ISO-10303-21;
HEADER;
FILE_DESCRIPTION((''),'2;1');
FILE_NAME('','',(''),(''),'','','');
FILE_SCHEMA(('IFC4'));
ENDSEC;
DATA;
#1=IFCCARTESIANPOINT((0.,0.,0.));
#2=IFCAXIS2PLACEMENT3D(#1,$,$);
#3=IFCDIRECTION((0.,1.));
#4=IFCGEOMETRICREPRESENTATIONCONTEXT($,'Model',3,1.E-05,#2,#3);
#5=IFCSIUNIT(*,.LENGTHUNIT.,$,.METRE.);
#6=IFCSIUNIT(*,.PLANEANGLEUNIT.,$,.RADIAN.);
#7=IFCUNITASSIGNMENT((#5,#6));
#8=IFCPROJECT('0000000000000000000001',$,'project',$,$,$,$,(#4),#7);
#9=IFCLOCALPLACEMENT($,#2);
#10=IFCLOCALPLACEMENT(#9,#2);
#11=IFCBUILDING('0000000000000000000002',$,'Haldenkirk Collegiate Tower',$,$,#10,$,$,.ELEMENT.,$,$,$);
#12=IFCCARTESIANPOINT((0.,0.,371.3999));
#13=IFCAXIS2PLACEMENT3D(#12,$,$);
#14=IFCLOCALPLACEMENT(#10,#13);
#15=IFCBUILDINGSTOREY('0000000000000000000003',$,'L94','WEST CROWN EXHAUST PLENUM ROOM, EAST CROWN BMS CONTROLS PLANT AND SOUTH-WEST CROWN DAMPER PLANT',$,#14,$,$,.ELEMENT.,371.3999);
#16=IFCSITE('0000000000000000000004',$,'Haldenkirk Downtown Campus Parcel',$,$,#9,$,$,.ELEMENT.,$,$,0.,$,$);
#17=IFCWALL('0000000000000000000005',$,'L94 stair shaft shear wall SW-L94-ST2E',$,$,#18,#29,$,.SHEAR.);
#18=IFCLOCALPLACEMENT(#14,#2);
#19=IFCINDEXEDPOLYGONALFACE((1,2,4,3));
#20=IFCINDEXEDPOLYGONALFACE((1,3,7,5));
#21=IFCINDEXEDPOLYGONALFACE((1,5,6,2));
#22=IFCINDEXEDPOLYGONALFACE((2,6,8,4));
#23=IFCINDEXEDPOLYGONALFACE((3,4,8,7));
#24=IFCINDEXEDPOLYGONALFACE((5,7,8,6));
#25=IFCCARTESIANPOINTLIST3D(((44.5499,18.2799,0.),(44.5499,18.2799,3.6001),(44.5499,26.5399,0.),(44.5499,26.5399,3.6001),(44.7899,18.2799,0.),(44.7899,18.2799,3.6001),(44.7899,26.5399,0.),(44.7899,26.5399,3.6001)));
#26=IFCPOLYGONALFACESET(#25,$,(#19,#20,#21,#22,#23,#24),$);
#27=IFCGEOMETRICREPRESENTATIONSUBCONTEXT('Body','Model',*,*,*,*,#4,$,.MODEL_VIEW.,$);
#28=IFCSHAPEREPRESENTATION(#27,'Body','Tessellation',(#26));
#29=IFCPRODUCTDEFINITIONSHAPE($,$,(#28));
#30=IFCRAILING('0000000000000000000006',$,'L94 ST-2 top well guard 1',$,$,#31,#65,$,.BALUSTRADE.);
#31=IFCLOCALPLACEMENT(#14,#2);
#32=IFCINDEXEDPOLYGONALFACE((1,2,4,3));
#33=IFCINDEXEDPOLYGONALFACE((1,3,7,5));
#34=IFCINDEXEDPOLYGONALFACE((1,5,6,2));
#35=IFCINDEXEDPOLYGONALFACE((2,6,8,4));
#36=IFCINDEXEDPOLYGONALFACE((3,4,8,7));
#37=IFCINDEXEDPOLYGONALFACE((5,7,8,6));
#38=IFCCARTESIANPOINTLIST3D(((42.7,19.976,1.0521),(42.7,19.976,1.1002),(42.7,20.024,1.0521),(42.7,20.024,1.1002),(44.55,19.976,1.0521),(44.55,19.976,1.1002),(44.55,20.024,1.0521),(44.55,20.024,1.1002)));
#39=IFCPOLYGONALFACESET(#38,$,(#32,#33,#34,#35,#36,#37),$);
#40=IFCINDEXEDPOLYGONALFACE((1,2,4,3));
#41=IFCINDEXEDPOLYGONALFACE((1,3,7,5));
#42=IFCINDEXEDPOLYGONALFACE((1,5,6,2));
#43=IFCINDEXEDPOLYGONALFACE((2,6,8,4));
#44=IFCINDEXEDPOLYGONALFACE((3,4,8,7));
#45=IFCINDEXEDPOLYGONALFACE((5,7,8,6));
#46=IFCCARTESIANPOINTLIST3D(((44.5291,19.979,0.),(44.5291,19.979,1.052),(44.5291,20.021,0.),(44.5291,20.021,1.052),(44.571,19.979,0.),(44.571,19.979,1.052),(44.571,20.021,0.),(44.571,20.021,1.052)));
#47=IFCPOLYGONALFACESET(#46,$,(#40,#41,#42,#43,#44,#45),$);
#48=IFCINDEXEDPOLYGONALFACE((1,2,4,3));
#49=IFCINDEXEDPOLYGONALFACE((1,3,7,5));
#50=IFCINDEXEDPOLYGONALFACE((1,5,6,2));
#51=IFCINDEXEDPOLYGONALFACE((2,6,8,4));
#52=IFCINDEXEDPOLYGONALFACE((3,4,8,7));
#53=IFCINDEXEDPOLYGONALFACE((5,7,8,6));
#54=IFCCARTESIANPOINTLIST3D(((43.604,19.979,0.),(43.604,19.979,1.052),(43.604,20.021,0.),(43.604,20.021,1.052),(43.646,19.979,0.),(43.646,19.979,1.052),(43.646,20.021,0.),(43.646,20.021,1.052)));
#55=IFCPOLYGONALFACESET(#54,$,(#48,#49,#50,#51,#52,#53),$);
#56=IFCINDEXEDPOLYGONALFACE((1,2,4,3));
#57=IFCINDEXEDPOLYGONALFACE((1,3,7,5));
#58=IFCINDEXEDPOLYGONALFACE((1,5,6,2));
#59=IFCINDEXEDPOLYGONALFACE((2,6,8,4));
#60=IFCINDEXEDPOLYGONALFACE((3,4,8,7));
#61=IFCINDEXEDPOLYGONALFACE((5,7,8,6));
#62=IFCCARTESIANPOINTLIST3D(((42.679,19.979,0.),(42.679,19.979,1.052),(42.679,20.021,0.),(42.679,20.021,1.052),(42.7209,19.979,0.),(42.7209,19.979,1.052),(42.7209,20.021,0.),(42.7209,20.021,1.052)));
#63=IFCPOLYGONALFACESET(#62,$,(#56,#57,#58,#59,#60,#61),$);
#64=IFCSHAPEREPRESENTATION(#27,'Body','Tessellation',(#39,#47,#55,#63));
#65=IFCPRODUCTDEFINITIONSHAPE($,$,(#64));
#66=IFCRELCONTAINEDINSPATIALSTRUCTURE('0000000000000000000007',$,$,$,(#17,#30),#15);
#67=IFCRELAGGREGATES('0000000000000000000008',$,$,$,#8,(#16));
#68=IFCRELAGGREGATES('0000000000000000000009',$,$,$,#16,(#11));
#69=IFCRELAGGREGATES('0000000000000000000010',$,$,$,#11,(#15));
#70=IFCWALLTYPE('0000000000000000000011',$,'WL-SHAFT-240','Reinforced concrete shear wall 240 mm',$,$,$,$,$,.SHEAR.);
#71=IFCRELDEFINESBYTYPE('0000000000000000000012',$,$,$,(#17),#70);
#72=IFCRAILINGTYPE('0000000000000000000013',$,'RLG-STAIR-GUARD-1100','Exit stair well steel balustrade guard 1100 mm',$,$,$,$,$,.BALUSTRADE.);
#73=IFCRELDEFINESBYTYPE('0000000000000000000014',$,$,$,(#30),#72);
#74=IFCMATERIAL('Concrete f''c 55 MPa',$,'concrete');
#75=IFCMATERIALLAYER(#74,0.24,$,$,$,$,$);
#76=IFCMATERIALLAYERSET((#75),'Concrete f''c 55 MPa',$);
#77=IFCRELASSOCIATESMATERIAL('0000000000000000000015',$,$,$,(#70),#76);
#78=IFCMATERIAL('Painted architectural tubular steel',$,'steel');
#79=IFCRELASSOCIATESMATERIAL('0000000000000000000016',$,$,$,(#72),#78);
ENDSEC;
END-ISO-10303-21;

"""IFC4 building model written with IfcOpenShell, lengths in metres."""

from ifc_helpers import new_model, si_unit, direction, frame, frame_2d, origin, origin_2d, place, context, subcontext, project, spatial, rectangle, extrude, material, layer, layer_set, type_object, element, save


model = new_model("IFC4")

# Units and contexts
model_context = context("Model", 3, precision=1e-05, world=origin(), true_north=direction((0.0, 1.0)))
body_context = subcontext(model_context, "Body", "Model", "MODEL_VIEW")
ifc_project = project(units=[si_unit("LENGTHUNIT", "METRE"), si_unit("PLANEANGLEUNIT", "RADIAN")], contexts=[model_context])

# Site, building, storey
site_placement = place(None, origin())
site = spatial("IfcSite", under=ifc_project, at=site_placement, Name="Haldenkirk Downtown Campus Parcel", CompositionType="ELEMENT", RefElevation=0.0)
building_placement = place(site_placement, origin())
building = spatial("IfcBuilding", under=site, at=building_placement, Name="Haldenkirk Collegiate Tower", CompositionType="ELEMENT")
storey_placement = place(building_placement, frame((0.0, 0.0, 371.3999)))
storey = spatial("IfcBuildingStorey", under=building, at=storey_placement, Name="L94", Description="WEST CROWN EXHAUST PLENUM ROOM, EAST CROWN BMS CONTROLS PLANT AND SOUTH-WEST CROWN DAMPER PLANT", CompositionType="ELEMENT", Elevation=371.3999)

# Shared definitions
ifc_material_1 = material(Name="Concrete f'c 55 MPa", Category="concrete")

# Shared definitions
ifc_layer_1 = layer(ifc_material_1, 0.24)
ifc_layer_set_1 = layer_set([ifc_layer_1], Name="Concrete f'c 55 MPa")
wall_type_1 = type_object("IfcWallType", Name="WL-SHAFT-240", Description="Reinforced concrete shear wall 240 mm", PredefinedType="SHEAR", material=ifc_layer_set_1)

# Wall
wall_1_placement = place(storey_placement, frame((44.6699, 18.28, 0.0), z_axis=(0.0, 0.0, 1.0), x_axis=(0.0, 1.0, 0.0)))
element("IfcWall", 1, at=wall_1_placement, inside=storey, type_object=wall_type_1, Name="L94 stair shaft shear wall SW-L94-ST2E", PredefinedType="SHEAR", context=body_context, shape_type="SweptSolid", body=[
    extrude(rectangle(XDim=8.26, YDim=0.24, at=frame_2d((4.1299, 0.0))), origin(), (0.0, 0.0, 1.0), 3.6001),
])

# Railing
ifc_material_2 = material(Name="Painted architectural tubular steel", Category="steel")
railing_type = type_object("IfcRailingType", Name="RLG-STAIR-GUARD-1100", Description="Exit stair well steel balustrade guard 1100 mm", PredefinedType="BALUSTRADE", material=ifc_material_2)
railing_placement = place(storey_placement, frame((44.55, 20.0, 0.0)))
element("IfcRailing", 2, at=railing_placement, inside=storey, type_object=railing_type, Name="L94 ST-2 top well guard 1", PredefinedType="BALUSTRADE", context=body_context, shape_type="SweptSolid", body=[
    extrude(rectangle(XDim=0.0481, YDim=0.0481, at=origin_2d()), frame((0.0, 0.0, 1.0762), z_axis=(-1.0, 0.0, 0.0), x_axis=(0.0, -1.0, 0.0)), (0.0, 0.0, 1.0), 1.8501),
    extrude(rectangle(XDim=0.042, YDim=0.042, at=origin_2d()), origin(), (0.0, 0.0, 1.0), 1.052),
    extrude(rectangle(XDim=0.042, YDim=0.042, at=origin_2d()), frame((-0.925, 0.0, 0.0)), (0.0, 0.0, 1.0), 1.052),
    extrude(rectangle(XDim=0.042, YDim=0.042, at=origin_2d()), frame((-1.8501, 0.0, 0.0)), (0.0, 0.0, 1.0), 1.052),
])

save(model, "model.ifc")
